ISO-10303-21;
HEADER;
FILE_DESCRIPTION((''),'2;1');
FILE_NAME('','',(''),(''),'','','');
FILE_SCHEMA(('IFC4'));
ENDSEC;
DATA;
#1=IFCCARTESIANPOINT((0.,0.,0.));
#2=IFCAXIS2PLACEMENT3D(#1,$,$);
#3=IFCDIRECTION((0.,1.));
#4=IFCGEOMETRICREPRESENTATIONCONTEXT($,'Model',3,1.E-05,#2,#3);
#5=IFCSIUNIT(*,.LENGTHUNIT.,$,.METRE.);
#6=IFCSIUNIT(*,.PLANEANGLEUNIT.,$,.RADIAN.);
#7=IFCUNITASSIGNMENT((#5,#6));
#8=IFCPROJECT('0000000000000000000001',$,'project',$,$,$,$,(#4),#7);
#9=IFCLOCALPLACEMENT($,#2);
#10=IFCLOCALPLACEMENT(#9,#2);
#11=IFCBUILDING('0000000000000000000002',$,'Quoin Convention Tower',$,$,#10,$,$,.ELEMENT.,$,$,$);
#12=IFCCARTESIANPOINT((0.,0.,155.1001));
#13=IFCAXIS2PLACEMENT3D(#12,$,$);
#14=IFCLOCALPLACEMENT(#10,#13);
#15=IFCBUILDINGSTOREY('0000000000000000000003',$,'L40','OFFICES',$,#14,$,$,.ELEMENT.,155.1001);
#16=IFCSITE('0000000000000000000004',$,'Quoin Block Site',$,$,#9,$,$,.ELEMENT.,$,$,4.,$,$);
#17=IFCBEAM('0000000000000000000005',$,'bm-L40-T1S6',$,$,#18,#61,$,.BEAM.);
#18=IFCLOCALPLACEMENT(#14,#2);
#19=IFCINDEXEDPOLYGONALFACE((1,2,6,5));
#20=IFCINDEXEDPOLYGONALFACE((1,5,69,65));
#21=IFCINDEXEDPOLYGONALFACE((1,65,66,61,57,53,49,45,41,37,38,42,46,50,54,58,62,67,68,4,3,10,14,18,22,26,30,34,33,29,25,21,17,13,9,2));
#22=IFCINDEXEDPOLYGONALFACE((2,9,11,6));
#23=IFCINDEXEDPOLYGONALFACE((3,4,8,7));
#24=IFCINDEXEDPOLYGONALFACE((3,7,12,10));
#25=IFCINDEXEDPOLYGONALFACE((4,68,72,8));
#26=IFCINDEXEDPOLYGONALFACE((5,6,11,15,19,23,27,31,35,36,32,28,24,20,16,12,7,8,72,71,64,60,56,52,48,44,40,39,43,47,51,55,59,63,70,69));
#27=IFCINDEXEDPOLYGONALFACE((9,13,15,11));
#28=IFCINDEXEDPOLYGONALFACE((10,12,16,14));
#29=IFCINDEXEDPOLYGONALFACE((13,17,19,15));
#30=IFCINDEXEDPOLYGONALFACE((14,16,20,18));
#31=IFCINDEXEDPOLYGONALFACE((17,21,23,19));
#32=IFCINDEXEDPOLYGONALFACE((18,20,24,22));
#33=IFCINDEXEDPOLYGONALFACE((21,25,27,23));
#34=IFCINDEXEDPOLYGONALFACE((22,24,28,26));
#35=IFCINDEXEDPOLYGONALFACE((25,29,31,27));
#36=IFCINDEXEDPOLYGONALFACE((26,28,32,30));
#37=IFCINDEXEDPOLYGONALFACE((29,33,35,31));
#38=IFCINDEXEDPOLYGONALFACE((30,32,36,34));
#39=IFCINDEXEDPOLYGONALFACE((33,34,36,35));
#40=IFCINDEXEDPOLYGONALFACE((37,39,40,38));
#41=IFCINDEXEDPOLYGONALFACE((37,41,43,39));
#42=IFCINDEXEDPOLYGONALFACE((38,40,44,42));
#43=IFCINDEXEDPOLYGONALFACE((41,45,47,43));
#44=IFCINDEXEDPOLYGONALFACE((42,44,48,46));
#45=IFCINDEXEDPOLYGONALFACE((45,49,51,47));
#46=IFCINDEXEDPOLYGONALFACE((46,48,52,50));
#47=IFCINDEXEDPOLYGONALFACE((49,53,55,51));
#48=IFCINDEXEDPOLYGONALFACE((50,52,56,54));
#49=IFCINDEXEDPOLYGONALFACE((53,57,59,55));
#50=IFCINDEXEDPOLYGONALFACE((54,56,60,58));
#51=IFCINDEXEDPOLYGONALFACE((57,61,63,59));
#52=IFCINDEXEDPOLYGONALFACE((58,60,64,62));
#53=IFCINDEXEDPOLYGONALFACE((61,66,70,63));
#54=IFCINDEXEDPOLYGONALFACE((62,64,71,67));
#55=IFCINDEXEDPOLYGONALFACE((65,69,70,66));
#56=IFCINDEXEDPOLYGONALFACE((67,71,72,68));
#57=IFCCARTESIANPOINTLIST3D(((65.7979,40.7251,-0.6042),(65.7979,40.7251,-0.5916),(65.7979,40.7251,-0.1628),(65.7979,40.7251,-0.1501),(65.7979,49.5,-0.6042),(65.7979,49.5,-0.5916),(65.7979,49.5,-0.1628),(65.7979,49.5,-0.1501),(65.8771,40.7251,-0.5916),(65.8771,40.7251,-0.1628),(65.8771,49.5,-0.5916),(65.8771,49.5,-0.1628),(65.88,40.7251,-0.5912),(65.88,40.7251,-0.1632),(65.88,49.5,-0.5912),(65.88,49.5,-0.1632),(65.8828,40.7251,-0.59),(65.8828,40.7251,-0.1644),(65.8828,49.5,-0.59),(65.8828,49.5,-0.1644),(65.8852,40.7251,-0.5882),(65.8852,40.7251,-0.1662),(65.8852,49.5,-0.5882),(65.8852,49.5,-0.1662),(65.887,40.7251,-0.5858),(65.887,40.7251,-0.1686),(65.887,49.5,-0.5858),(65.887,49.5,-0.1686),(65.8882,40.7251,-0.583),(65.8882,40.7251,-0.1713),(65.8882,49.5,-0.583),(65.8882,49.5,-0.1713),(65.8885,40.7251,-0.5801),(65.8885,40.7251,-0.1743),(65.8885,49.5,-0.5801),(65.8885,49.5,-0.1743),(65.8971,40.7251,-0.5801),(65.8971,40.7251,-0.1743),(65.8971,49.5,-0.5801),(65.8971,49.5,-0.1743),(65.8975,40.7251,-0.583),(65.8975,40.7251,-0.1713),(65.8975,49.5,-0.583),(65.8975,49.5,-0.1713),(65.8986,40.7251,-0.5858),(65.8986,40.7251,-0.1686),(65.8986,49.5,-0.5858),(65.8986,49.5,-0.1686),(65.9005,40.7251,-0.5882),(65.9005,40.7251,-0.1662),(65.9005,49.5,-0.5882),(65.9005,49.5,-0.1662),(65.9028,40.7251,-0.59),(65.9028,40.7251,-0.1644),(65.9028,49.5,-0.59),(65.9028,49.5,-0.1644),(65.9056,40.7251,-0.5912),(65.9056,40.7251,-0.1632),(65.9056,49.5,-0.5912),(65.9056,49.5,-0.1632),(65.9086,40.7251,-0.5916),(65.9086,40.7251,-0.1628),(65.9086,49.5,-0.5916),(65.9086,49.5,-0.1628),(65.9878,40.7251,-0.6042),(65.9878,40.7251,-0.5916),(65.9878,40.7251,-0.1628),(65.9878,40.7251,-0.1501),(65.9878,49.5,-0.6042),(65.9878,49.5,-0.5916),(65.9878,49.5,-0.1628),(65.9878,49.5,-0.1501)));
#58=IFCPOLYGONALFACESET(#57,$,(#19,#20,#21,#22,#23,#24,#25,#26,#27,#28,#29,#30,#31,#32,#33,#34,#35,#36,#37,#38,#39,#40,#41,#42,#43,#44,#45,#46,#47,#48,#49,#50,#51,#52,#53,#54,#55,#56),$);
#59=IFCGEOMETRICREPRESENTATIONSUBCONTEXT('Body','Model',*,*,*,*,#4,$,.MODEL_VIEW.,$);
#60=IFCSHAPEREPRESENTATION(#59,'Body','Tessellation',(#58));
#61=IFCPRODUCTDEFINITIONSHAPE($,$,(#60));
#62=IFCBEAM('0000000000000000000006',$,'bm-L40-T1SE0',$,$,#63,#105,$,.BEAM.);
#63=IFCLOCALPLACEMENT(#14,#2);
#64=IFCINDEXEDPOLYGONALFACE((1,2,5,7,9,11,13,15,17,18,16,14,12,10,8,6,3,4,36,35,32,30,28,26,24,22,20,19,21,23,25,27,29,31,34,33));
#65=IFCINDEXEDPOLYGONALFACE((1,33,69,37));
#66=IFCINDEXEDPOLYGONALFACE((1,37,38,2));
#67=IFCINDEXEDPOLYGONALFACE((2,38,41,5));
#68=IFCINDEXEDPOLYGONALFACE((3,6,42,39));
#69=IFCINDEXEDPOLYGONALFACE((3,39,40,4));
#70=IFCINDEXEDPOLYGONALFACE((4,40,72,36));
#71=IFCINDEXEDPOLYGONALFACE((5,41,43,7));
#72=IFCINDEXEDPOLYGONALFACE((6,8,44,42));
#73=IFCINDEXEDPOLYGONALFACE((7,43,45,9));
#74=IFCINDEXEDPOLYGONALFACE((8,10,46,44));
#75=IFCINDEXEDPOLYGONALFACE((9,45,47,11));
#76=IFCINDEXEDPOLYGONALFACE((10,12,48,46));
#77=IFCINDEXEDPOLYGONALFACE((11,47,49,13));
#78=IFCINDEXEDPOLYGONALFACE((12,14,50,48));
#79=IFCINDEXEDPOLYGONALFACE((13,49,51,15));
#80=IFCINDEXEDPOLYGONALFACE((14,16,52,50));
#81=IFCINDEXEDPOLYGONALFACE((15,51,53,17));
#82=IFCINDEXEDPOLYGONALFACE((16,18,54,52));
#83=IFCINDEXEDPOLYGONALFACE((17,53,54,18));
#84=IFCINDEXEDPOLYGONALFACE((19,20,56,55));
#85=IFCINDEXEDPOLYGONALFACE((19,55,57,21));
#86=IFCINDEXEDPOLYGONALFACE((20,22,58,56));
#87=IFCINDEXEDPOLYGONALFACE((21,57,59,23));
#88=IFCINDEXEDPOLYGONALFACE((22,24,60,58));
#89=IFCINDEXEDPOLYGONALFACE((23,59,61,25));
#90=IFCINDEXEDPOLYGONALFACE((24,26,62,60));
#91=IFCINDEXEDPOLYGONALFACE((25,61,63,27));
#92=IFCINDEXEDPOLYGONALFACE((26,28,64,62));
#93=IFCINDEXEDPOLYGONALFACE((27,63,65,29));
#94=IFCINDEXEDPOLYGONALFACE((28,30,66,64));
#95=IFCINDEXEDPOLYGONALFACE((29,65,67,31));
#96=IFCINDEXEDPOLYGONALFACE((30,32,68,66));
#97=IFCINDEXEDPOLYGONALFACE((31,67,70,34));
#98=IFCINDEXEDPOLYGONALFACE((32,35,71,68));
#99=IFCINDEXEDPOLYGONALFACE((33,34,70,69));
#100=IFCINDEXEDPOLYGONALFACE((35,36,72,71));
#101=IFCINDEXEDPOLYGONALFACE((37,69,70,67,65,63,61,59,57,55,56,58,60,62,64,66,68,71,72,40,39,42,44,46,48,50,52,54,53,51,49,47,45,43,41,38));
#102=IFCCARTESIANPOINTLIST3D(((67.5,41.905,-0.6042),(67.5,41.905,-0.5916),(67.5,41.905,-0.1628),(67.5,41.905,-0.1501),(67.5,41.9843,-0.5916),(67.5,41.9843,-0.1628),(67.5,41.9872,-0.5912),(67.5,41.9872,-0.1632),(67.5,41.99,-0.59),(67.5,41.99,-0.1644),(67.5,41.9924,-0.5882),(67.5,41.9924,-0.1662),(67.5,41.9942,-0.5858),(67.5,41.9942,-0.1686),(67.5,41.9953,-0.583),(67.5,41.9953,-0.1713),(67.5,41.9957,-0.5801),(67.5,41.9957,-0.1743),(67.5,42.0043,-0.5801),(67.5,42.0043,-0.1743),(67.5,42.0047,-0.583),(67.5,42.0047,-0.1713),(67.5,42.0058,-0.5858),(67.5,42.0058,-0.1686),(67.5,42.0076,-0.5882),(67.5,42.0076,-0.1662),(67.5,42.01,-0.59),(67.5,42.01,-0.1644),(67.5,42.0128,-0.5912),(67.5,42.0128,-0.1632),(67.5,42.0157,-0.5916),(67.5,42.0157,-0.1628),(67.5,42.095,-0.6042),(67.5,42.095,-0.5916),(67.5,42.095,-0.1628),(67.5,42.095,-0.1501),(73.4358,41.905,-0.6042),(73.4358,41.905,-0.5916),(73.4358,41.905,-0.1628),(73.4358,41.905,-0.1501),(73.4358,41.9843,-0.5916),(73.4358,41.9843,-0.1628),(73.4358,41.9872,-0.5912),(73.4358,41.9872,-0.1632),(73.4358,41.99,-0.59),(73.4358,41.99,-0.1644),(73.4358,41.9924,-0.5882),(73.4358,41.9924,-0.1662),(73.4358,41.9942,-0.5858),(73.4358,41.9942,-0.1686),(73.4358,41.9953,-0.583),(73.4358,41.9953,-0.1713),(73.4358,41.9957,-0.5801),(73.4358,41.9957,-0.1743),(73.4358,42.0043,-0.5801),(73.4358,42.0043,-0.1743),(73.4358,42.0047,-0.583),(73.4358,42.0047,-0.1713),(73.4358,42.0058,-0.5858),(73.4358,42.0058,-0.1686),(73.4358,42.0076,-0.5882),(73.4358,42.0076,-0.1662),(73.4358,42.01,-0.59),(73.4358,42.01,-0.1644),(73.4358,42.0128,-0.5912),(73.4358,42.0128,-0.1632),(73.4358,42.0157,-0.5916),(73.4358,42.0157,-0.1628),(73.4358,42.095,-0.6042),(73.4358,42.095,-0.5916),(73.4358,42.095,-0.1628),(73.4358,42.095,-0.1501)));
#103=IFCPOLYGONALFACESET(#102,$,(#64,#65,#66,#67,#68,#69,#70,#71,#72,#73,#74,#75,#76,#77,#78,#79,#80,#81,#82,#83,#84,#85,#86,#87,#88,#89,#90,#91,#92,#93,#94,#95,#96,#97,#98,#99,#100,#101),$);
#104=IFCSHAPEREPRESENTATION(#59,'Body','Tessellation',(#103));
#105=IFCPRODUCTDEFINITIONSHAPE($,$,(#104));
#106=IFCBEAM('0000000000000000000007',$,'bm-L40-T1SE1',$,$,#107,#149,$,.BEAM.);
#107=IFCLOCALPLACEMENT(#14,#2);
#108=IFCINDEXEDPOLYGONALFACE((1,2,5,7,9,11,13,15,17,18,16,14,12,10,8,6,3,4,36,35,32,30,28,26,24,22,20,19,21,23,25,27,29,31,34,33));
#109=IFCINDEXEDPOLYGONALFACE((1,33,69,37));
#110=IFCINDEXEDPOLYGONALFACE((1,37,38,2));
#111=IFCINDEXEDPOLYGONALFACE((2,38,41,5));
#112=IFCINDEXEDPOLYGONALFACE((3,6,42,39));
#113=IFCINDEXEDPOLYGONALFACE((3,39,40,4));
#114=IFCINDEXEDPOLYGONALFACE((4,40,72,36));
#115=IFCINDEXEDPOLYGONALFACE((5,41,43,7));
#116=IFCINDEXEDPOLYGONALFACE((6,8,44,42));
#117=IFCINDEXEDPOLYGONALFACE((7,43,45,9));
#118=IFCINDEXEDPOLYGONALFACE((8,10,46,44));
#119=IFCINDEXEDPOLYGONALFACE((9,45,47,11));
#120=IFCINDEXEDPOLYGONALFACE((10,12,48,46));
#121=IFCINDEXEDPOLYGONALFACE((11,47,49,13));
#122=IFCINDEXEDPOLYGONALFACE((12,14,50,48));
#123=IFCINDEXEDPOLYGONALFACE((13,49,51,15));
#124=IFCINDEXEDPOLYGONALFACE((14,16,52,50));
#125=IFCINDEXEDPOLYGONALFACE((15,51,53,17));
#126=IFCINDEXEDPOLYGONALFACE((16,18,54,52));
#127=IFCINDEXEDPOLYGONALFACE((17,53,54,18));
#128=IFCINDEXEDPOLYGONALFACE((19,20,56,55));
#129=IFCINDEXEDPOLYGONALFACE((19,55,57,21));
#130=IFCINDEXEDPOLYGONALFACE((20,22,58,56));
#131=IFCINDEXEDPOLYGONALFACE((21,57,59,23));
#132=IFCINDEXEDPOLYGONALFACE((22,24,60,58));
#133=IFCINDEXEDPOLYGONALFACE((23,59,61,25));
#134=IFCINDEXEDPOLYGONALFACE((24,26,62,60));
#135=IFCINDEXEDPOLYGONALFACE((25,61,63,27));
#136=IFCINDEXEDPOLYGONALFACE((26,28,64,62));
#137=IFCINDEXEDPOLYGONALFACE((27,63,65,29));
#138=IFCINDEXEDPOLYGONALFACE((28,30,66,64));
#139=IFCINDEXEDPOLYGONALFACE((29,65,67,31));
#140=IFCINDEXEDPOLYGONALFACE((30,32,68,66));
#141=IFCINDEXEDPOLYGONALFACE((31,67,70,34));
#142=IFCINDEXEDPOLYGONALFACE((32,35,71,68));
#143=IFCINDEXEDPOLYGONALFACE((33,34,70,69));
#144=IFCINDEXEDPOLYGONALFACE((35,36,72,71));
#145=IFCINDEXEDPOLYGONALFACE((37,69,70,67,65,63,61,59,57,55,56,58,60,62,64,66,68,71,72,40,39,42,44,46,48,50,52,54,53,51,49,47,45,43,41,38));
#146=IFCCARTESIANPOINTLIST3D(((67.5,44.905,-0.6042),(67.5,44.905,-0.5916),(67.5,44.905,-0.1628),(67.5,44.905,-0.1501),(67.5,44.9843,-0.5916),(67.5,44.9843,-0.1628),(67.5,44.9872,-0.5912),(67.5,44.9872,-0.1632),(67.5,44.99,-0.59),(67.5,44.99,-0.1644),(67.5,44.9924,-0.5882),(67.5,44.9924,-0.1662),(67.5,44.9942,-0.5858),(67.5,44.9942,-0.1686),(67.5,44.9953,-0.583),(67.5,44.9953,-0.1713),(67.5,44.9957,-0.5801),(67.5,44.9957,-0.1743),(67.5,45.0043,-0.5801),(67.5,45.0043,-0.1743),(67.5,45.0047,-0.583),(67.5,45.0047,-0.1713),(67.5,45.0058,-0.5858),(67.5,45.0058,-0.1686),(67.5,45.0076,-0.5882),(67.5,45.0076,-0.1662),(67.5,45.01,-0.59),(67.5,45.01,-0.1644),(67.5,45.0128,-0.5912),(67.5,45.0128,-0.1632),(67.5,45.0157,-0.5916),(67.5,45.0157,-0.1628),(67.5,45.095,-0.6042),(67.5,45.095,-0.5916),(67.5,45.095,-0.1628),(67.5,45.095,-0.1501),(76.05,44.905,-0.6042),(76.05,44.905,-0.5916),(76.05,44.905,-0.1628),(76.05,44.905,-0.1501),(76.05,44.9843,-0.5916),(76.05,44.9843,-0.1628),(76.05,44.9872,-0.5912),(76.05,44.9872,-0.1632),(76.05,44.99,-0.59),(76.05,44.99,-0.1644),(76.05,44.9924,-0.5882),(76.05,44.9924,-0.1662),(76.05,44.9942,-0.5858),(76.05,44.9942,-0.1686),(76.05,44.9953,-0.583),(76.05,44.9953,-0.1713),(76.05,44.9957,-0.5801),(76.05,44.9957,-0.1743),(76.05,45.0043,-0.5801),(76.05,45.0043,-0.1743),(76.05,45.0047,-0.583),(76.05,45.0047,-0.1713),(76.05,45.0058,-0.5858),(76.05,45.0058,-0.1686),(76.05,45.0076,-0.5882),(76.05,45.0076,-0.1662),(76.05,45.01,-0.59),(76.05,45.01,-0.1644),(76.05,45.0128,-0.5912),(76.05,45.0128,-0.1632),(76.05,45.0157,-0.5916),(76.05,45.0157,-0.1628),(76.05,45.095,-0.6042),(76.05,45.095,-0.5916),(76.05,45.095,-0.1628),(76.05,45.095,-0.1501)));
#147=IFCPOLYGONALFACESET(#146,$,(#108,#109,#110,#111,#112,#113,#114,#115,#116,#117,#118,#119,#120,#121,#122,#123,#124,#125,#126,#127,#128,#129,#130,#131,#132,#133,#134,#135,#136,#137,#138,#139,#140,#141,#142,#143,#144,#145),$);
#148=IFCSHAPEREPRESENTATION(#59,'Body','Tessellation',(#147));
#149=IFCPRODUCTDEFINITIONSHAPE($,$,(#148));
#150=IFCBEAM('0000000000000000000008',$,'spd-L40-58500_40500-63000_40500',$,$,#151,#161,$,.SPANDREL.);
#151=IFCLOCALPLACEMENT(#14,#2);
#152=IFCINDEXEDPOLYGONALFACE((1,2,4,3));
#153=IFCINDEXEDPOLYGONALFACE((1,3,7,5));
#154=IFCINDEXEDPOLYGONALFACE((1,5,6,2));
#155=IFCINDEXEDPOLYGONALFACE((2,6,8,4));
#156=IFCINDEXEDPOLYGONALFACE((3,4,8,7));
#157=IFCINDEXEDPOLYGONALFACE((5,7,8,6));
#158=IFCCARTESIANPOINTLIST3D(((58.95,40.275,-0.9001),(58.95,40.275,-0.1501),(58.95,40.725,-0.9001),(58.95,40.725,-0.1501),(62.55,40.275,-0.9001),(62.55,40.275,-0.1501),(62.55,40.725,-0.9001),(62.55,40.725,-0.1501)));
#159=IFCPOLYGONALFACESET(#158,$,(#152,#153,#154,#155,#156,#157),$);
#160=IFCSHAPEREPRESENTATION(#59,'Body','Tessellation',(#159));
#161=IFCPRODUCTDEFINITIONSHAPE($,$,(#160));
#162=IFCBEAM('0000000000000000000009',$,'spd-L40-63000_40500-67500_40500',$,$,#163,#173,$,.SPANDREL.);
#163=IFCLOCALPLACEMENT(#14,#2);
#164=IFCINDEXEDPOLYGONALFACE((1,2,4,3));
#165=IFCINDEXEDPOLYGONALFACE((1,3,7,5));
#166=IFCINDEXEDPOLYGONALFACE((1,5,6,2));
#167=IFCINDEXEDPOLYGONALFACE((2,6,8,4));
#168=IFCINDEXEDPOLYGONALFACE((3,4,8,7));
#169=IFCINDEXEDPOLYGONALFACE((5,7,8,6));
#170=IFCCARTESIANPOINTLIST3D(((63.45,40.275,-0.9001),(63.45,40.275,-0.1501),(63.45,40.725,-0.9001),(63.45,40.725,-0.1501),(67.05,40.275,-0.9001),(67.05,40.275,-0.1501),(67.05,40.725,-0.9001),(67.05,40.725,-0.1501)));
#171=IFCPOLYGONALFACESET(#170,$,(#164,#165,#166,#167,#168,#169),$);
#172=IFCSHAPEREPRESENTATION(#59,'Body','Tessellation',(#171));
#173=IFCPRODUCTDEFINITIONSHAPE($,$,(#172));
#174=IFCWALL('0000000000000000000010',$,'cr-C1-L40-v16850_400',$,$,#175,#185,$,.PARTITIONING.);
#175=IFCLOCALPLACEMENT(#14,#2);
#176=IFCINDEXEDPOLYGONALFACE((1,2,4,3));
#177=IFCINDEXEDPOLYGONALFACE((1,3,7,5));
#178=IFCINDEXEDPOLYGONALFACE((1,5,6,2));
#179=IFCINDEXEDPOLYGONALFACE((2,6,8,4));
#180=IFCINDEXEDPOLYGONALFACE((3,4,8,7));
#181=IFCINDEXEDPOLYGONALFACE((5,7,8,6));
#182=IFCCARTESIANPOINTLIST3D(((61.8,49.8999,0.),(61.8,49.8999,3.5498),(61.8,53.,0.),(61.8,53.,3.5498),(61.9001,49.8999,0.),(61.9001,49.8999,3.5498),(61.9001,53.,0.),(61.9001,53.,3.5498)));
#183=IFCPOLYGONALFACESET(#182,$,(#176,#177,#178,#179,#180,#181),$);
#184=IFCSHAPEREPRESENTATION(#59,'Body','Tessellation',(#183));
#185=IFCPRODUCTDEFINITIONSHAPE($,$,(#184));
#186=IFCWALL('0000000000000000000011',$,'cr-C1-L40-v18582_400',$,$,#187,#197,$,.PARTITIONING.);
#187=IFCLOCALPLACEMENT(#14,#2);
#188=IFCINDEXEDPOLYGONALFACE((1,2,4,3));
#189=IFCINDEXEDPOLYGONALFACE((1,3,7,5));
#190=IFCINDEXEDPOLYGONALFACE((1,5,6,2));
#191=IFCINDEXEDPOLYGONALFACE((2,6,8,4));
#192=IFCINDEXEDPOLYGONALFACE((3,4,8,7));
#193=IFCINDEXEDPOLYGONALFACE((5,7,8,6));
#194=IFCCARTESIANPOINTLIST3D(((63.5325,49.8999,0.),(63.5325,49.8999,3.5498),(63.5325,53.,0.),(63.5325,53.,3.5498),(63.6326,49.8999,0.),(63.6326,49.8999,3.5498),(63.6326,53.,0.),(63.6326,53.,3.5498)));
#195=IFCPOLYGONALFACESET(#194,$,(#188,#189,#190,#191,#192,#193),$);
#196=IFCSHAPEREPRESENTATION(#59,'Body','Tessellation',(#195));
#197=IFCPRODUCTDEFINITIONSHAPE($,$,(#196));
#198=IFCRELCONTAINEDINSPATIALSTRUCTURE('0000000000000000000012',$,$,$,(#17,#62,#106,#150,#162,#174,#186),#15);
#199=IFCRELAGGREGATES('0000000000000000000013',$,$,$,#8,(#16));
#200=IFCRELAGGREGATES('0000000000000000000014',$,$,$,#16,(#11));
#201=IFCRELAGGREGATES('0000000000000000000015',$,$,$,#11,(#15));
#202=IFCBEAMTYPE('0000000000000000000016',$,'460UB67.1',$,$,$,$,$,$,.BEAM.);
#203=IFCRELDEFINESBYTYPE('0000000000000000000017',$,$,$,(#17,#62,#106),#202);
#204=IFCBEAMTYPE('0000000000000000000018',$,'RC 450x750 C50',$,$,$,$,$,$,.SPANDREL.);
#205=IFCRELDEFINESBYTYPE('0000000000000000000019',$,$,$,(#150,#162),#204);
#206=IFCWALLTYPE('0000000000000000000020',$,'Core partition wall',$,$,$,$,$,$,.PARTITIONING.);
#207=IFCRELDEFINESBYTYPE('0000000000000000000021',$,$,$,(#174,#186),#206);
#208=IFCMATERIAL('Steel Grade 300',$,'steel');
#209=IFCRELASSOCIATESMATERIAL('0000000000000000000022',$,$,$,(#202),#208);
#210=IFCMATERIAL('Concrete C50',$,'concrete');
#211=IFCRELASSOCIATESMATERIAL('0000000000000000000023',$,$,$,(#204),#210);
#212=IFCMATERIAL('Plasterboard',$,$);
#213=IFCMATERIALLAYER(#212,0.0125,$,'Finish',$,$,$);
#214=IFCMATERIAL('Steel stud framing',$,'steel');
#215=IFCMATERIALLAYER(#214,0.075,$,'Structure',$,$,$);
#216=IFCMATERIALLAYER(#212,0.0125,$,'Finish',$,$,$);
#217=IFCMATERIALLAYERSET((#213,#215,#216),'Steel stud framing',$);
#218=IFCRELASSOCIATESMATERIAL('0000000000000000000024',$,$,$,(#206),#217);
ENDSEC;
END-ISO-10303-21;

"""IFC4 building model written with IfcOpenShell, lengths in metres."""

from ifc_helpers import new_model, si_unit, direction, frame, frame_2d, origin, origin_2d, place, context, subcontext, project, spatial, rectangle, i_section, extrude, material, layer, layer_set, material_profile, profile_set, type_object, element, save


model = new_model("IFC4")

# Units and contexts
model_context = context("Model", 3, precision=1e-05, world=origin(), true_north=direction((0.0, 1.0)))
body_context = subcontext(model_context, "Body", "Model", "MODEL_VIEW")
ifc_project = project(units=[si_unit("LENGTHUNIT", "METRE"), si_unit("PLANEANGLEUNIT", "RADIAN")], contexts=[model_context])

# Site, building, storey
site_placement = place(None, origin())
site = spatial("IfcSite", under=ifc_project, at=site_placement, Name="Quoin Block Site", CompositionType="ELEMENT", RefElevation=4.0)
building_placement = place(site_placement, origin())
building = spatial("IfcBuilding", under=site, at=building_placement, Name="Quoin Convention Tower", CompositionType="ELEMENT")
storey_placement = place(building_placement, frame((0.0, 0.0, 155.1001)))
storey = spatial("IfcBuildingStorey", under=building, at=storey_placement, Name="L40", Description="OFFICES", CompositionType="ELEMENT", Elevation=155.1001)

# Shared definitions
ifc_material_1 = material(Name="Concrete C50", Category="concrete")

# Beams
ifc_material_2 = material(Name="Steel Grade 300", Category="steel")
ifc_material_profile_1 = material_profile(ifc_material_2, i_section(OverallWidth=0.1899, OverallDepth=0.4541, WebThickness=0.0085, FlangeThickness=0.0127, FilletRadius=0.0115, at=origin_2d()), Name="460UB67.1")
ifc_profile_set_1 = profile_set([ifc_material_profile_1], Name="Steel Grade 300")
beam_type_1 = type_object("IfcBeamType", Name="460UB67.1", PredefinedType="BEAM", material=ifc_profile_set_1)
beam_1_placement = place(storey_placement, frame((65.8928, 40.7251, -0.3772), z_axis=(0.0, 1.0, 0.0), x_axis=(-1.0, 0.0, 0.0)))
element("IfcBeam", 1, at=beam_1_placement, inside=storey, type_object=beam_type_1, Name="bm-L40-T1S6", PredefinedType="BEAM", context=body_context, shape_type="SweptSolid", body=[
    extrude(i_section(OverallWidth=0.1899, OverallDepth=0.4541, WebThickness=0.0085, FlangeThickness=0.0127, FilletRadius=0.0115, at=origin_2d()), origin(), (0.0, 0.0, 1.0), 8.7749),
])
beam_2_placement = place(storey_placement, frame((67.5, 42.0, -0.3772), z_axis=(1.0, 0.0, 0.0), x_axis=(0.0, 1.0, 0.0)))
element("IfcBeam", 2, at=beam_2_placement, inside=storey, type_object=beam_type_1, Name="bm-L40-T1SE0", PredefinedType="BEAM", context=body_context, shape_type="SweptSolid", body=[
    extrude(i_section(OverallWidth=0.1899, OverallDepth=0.4541, WebThickness=0.0085, FlangeThickness=0.0127, FilletRadius=0.0115, at=origin_2d()), origin(), (0.0, 0.0, 1.0), 5.9358),
])
beam_3_placement = place(storey_placement, frame((67.5, 45.0, -0.3772), z_axis=(1.0, 0.0, 0.0), x_axis=(0.0, 1.0, 0.0)))
element("IfcBeam", 3, at=beam_3_placement, inside=storey, type_object=beam_type_1, Name="bm-L40-T1SE1", PredefinedType="BEAM", context=body_context, shape_type="SweptSolid", body=[
    extrude(i_section(OverallWidth=0.1899, OverallDepth=0.4541, WebThickness=0.0085, FlangeThickness=0.0127, FilletRadius=0.0115, at=origin_2d()), origin(), (0.0, 0.0, 1.0), 8.55),
])
ifc_material_profile_2 = material_profile(ifc_material_1, rectangle(XDim=0.45, YDim=0.75, at=origin_2d()), Name="RC 450x750")
ifc_profile_set_2 = profile_set([ifc_material_profile_2], Name="Concrete C50")
beam_type_2 = type_object("IfcBeamType", Name="RC 450x750 C50", PredefinedType="SPANDREL", material=ifc_profile_set_2)
for number, where, z_axis, x_axis, name in (
    (4, (58.95, 40.5, -0.5251), (1.0, 0.0, 0.0), (0.0, 1.0, 0.0), "spd-L40-58500_40500-63000_40500"),
    (5, (63.45, 40.5, -0.5251), (1.0, 0.0, 0.0), (0.0, 1.0, 0.0), "spd-L40-63000_40500-67500_40500"),
):
    element("IfcBeam", number, at=place(storey_placement, frame(where, z_axis=z_axis, x_axis=x_axis)), inside=storey, type_object=beam_type_2, Name=name, PredefinedType="SPANDREL", context=body_context, shape_type="SweptSolid", body=[
        extrude(rectangle(XDim=0.45, YDim=0.75, at=origin_2d()), origin(), (0.0, 0.0, 1.0), 3.6001),
    ])

# Walls
ifc_material_3 = material(Name="Plasterboard")
ifc_layer_1 = layer(ifc_material_3, 0.0125, Name="Finish")
ifc_material_4 = material(Name="Steel stud framing", Category="steel")
ifc_layer_2 = layer(ifc_material_4, 0.075, Name="Structure")
ifc_layer_3 = layer(ifc_material_3, 0.0125, Name="Finish")
ifc_layer_set_1 = layer_set([ifc_layer_1, ifc_layer_2, ifc_layer_3], Name="Steel stud framing")
wall_type_1 = type_object("IfcWallType", Name="Core partition wall", PredefinedType="PARTITIONING", material=ifc_layer_set_1)
for number, where, z_axis, x_axis, name in (
    (6, (61.8501, 49.8999, 0.0), (0.0, 0.0, 1.0), (0.0, 1.0, 0.0), "cr-C1-L40-v16850_400"),
    (7, (63.5825, 49.8999, 0.0), (0.0, 0.0, 1.0), (0.0, 1.0, 0.0), "cr-C1-L40-v18582_400"),
):
    element("IfcWall", number, at=place(storey_placement, frame(where, z_axis=z_axis, x_axis=x_axis)), inside=storey, type_object=wall_type_1, Name=name, PredefinedType="PARTITIONING", context=body_context, shape_type="SweptSolid", body=[
        extrude(rectangle(XDim=3.1001, YDim=0.1001, at=frame_2d((1.55, 0.0))), origin(), (0.0, 0.0, 1.0), 3.5498),
    ])

save(model, "model.ifc")
